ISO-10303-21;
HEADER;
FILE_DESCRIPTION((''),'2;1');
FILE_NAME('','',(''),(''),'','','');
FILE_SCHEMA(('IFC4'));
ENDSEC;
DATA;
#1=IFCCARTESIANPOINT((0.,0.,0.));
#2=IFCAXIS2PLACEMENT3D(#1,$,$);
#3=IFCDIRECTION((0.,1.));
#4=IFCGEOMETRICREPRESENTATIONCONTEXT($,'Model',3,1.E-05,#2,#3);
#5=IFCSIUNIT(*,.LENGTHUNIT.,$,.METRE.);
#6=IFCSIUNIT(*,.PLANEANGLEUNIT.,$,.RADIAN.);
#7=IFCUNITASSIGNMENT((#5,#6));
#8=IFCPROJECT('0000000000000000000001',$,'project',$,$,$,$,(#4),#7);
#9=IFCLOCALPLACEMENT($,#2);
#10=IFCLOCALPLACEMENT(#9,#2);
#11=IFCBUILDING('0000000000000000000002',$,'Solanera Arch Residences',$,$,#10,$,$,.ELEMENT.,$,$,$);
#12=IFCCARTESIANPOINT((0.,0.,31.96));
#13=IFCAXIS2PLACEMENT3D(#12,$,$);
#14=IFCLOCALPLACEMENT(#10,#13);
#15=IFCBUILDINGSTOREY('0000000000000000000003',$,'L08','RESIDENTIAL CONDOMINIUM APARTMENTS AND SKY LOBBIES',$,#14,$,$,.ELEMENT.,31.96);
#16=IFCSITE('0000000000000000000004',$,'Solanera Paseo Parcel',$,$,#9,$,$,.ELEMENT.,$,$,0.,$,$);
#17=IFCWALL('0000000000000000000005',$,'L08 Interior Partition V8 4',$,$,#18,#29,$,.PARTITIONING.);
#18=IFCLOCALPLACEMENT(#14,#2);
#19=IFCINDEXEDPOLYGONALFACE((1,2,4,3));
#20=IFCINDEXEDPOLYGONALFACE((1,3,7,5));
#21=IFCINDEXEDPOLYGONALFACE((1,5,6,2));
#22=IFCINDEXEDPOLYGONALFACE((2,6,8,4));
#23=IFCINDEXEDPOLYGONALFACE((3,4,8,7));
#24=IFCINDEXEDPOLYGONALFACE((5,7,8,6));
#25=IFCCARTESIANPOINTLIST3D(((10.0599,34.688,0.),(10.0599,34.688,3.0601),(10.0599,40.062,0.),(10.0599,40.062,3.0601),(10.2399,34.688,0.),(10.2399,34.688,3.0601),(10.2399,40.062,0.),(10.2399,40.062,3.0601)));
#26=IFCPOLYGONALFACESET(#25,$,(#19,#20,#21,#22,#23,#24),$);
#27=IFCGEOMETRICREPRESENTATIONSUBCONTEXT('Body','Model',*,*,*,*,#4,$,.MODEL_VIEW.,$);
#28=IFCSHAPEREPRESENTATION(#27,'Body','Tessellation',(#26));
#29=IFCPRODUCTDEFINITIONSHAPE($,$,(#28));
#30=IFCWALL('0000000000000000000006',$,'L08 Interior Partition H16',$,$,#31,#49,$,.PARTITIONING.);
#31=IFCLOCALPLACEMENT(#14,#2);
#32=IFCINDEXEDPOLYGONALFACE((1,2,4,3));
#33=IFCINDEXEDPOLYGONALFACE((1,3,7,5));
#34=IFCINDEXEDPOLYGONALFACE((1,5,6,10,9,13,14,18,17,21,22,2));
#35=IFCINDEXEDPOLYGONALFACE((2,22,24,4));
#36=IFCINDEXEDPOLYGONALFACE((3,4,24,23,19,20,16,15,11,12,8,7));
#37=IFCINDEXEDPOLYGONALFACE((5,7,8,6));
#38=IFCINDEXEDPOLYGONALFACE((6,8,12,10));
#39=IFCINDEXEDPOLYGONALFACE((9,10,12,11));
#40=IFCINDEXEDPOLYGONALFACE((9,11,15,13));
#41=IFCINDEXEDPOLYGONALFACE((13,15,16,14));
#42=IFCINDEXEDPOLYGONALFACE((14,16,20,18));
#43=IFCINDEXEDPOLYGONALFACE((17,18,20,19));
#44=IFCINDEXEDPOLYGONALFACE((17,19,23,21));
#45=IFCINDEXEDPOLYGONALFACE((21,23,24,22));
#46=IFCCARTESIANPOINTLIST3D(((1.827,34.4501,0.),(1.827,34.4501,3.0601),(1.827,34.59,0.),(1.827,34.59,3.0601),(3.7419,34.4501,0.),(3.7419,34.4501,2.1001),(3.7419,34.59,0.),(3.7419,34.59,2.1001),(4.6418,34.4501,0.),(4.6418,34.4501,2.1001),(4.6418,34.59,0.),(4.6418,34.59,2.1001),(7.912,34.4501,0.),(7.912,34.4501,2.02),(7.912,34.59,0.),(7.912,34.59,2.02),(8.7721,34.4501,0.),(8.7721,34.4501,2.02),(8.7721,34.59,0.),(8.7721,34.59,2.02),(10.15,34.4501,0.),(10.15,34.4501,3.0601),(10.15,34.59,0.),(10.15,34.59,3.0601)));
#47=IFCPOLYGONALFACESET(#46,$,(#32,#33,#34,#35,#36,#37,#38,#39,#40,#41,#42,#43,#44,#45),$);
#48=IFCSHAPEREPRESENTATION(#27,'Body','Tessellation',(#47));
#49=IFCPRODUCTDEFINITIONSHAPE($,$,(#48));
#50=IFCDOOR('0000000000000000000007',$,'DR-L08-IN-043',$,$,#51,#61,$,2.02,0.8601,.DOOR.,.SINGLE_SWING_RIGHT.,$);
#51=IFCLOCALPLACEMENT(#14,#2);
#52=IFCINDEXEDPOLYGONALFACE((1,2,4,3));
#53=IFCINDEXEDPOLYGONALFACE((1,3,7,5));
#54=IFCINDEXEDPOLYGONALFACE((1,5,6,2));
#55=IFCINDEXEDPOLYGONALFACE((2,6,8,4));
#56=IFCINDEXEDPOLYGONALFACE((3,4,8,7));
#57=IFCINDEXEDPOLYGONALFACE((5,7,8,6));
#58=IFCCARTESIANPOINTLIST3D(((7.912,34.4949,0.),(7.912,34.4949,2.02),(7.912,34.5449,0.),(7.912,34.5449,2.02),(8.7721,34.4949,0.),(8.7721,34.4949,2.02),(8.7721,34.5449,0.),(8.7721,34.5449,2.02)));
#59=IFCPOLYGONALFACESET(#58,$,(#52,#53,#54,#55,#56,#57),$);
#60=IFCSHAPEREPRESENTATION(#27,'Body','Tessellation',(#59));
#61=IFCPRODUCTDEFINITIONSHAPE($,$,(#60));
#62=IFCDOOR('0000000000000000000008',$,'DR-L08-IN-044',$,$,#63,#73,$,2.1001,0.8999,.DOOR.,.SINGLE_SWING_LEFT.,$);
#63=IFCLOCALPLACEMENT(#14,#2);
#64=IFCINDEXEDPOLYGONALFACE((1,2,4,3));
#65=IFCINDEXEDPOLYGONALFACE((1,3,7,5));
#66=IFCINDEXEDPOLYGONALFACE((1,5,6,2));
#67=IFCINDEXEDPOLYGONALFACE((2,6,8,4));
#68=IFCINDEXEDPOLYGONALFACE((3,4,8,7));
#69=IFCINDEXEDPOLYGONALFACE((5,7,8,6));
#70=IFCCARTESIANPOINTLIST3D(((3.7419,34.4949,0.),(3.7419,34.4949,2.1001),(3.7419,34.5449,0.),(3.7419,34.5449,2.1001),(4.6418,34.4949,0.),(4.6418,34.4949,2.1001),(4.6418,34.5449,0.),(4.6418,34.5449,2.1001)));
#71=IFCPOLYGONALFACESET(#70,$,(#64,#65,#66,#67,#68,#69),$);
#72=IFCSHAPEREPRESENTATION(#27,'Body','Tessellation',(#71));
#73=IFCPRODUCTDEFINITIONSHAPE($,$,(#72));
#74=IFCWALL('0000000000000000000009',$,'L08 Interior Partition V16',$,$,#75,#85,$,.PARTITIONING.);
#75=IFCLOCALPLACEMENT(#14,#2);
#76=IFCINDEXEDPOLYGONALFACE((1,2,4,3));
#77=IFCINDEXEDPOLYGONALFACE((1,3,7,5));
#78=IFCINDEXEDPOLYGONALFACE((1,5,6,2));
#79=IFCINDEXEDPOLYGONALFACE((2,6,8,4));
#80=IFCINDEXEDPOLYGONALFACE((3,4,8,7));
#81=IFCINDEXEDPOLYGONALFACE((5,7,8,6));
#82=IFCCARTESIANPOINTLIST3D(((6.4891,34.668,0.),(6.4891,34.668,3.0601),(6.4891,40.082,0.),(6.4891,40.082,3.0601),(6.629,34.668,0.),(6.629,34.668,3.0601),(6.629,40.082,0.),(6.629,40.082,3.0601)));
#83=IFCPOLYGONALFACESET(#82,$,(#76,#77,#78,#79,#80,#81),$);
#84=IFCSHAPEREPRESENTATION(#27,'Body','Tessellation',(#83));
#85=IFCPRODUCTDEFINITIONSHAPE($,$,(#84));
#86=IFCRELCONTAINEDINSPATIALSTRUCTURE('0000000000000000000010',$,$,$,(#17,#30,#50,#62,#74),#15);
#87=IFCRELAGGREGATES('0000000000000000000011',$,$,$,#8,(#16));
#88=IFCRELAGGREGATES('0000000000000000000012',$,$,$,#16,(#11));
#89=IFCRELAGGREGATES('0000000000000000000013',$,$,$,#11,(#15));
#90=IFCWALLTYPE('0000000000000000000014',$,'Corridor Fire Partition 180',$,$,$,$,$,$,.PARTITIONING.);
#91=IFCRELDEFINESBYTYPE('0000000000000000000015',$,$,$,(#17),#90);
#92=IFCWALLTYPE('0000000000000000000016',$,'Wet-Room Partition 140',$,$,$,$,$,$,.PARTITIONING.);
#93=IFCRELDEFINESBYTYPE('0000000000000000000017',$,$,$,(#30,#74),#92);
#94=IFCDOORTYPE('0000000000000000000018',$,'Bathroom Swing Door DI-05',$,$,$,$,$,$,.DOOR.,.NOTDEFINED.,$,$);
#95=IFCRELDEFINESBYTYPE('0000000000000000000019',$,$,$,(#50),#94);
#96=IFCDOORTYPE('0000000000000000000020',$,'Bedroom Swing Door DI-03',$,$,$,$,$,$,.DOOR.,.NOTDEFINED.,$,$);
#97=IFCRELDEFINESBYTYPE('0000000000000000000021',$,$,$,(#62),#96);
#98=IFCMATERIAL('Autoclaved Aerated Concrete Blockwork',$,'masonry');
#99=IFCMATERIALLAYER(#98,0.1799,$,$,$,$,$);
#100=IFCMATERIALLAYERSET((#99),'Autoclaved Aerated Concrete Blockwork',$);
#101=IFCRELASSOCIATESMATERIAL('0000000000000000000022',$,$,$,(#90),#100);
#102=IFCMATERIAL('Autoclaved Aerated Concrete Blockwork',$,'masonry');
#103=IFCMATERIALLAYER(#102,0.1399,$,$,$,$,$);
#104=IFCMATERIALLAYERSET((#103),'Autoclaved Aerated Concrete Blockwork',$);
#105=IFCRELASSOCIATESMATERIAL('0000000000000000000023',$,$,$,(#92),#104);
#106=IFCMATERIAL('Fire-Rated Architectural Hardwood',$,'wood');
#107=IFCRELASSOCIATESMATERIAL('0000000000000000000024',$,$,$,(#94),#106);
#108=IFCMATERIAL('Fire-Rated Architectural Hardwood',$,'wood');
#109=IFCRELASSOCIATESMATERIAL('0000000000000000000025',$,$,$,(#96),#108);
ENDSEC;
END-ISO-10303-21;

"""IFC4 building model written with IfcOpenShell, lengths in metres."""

from ifc_helpers import new_model, si_unit, direction, frame, frame_2d, origin, place, context, subcontext, project, spatial, rectangle, extrude, material, layer, layer_set, type_object, element, fill, save


model = new_model("IFC4")

# Units and contexts
model_context = context("Model", 3, precision=1e-05, world=origin(), true_north=direction((0.0, 1.0)))
body_context = subcontext(model_context, "Body", "Model", "MODEL_VIEW")
ifc_project = project(units=[si_unit("LENGTHUNIT", "METRE"), si_unit("PLANEANGLEUNIT", "RADIAN")], contexts=[model_context])

# Site, building, storey
site_placement = place(None, origin())
site = spatial("IfcSite", under=ifc_project, at=site_placement, Name="Solanera Paseo Parcel", CompositionType="ELEMENT", RefElevation=0.0)
building_placement = place(site_placement, origin())
building = spatial("IfcBuilding", under=site, at=building_placement, Name="Solanera Arch Residences", CompositionType="ELEMENT")
storey_placement = place(building_placement, frame((0.0, 0.0, 31.96)))
storey = spatial("IfcBuildingStorey", under=building, at=storey_placement, Name="L08", Description="RESIDENTIAL CONDOMINIUM APARTMENTS AND SKY LOBBIES", CompositionType="ELEMENT", Elevation=31.96)

# Shared definitions
ifc_material_1 = material(Name="Autoclaved Aerated Concrete Blockwork", Category="masonry")
ifc_layer_1 = layer(ifc_material_1, 0.1799)
ifc_layer_set_1 = layer_set([ifc_layer_1], Name="Autoclaved Aerated Concrete Blockwork")
wall_type_1 = type_object("IfcWallType", Name="Corridor Fire Partition 180", PredefinedType="PARTITIONING", material=ifc_layer_set_1)

# Wall
wall_1_placement = place(storey_placement, frame((10.1499, 34.688, 0.0), z_axis=(0.0, 0.0, 1.0), x_axis=(0.0, 1.0, 0.0)))
element("IfcWall", 1, at=wall_1_placement, inside=storey, type_object=wall_type_1, Name="L08 Interior Partition V8 4", PredefinedType="PARTITIONING", context=body_context, shape_type="SweptSolid", body=[
    extrude(rectangle(XDim=5.374, YDim=0.1799, at=frame_2d((2.687, 0.0))), origin(), (0.0, 0.0, 1.0), 3.0601),
])

# Wall, openings, doors
ifc_material_2 = material(Name="Autoclaved Aerated Concrete Blockwork", Category="masonry")
ifc_layer_2 = layer(ifc_material_2, 0.1399)
ifc_layer_set_2 = layer_set([ifc_layer_2], Name="Autoclaved Aerated Concrete Blockwork")
wall_type_2 = type_object("IfcWallType", Name="Wet-Room Partition 140", PredefinedType="PARTITIONING", material=ifc_layer_set_2)
wall_2_placement = place(storey_placement, frame((1.8269, 34.52, 0.0), z_axis=(0.0, 0.0, 1.0), x_axis=(1.0, 0.0, 0.0)))
wall_2 = element("IfcWall", 2, at=wall_2_placement, inside=storey, type_object=wall_type_2, Name="L08 Interior Partition H16", PredefinedType="PARTITIONING", context=body_context, shape_type="SweptSolid", body=[
    extrude(rectangle(XDim=8.323, YDim=0.1399, at=frame_2d((4.1616, 0.0))), origin(), (0.0, 0.0, 1.0), 3.0601),
])
opening_1_placement = place(wall_2_placement, frame((6.085, 0.0, 0.0)))
opening_1 = element("IfcOpeningElement", 3, at=opening_1_placement, cuts=wall_2, PredefinedType="OPENING", context=body_context, shape_type="SweptSolid", body=[
    extrude(rectangle(XDim=0.8601, YDim=2.02, at=frame_2d((0.4302, 1.01))), frame((0.0, 0.0798, 0.0), z_axis=(0.0, -1.0, 0.0), x_axis=(1.0, 0.0, 0.0)), (0.0, 0.0, 1.0), 0.1599),
])
opening_2_placement = place(wall_2_placement, frame((1.915, 0.0, 0.0)))
opening_2 = element("IfcOpeningElement", 4, at=opening_2_placement, cuts=wall_2, PredefinedType="OPENING", context=body_context, shape_type="SweptSolid", body=[
    extrude(rectangle(XDim=0.8999, YDim=2.1001, at=frame_2d((0.45, 1.05))), frame((0.0, 0.0798, 0.0), z_axis=(0.0, -1.0, 0.0), x_axis=(1.0, 0.0, 0.0)), (0.0, 0.0, 1.0), 0.1599),
])
ifc_material_3 = material(Name="Fire-Rated Architectural Hardwood", Category="wood")
door_type_1 = type_object("IfcDoorType", Name="Bathroom Swing Door DI-05", OperationType="NOTDEFINED", PredefinedType="DOOR", material=ifc_material_3)
door_1_placement = place(opening_1_placement, origin())
door_1 = element("IfcDoor", 5, at=door_1_placement, inside=storey, type_object=door_type_1, Name="DR-L08-IN-043", OperationType="SINGLE_SWING_RIGHT", OverallHeight=2.02, OverallWidth=0.8601, PredefinedType="DOOR", context=body_context, shape_type="SweptSolid", body=[
    extrude(rectangle(XDim=0.8601, YDim=2.02, at=frame_2d((0.4302, 1.01))), frame((0.0, 0.0249, 0.0), z_axis=(0.0, -1.0, 0.0), x_axis=(1.0, 0.0, 0.0)), (0.0, 0.0, 1.0), 0.05),
])
fill(opening_1, door_1)
ifc_material_4 = material(Name="Fire-Rated Architectural Hardwood", Category="wood")
door_type_2 = type_object("IfcDoorType", Name="Bedroom Swing Door DI-03", OperationType="NOTDEFINED", PredefinedType="DOOR", material=ifc_material_4)
door_2_placement = place(opening_2_placement, origin())
door_2 = element("IfcDoor", 6, at=door_2_placement, inside=storey, type_object=door_type_2, Name="DR-L08-IN-044", OperationType="SINGLE_SWING_LEFT", OverallHeight=2.1001, OverallWidth=0.8999, PredefinedType="DOOR", context=body_context, shape_type="SweptSolid", body=[
    extrude(rectangle(XDim=0.8999, YDim=2.1001, at=frame_2d((0.45, 1.05))), frame((0.0, 0.0249, 0.0), z_axis=(0.0, -1.0, 0.0), x_axis=(1.0, 0.0, 0.0)), (0.0, 0.0, 1.0), 0.05),
])
fill(opening_2, door_2)

# Wall
wall_3_placement = place(storey_placement, frame((6.5591, 34.668, 0.0), z_axis=(0.0, 0.0, 1.0), x_axis=(0.0, 1.0, 0.0)))
element("IfcWall", 7, at=wall_3_placement, inside=storey, type_object=wall_type_2, Name="L08 Interior Partition V16", PredefinedType="PARTITIONING", context=body_context, shape_type="SweptSolid", body=[
    extrude(rectangle(XDim=5.4141, YDim=0.1399, at=frame_2d((2.707, 0.0))), origin(), (0.0, 0.0, 1.0), 3.0601),
])

save(model, "model.ifc")
